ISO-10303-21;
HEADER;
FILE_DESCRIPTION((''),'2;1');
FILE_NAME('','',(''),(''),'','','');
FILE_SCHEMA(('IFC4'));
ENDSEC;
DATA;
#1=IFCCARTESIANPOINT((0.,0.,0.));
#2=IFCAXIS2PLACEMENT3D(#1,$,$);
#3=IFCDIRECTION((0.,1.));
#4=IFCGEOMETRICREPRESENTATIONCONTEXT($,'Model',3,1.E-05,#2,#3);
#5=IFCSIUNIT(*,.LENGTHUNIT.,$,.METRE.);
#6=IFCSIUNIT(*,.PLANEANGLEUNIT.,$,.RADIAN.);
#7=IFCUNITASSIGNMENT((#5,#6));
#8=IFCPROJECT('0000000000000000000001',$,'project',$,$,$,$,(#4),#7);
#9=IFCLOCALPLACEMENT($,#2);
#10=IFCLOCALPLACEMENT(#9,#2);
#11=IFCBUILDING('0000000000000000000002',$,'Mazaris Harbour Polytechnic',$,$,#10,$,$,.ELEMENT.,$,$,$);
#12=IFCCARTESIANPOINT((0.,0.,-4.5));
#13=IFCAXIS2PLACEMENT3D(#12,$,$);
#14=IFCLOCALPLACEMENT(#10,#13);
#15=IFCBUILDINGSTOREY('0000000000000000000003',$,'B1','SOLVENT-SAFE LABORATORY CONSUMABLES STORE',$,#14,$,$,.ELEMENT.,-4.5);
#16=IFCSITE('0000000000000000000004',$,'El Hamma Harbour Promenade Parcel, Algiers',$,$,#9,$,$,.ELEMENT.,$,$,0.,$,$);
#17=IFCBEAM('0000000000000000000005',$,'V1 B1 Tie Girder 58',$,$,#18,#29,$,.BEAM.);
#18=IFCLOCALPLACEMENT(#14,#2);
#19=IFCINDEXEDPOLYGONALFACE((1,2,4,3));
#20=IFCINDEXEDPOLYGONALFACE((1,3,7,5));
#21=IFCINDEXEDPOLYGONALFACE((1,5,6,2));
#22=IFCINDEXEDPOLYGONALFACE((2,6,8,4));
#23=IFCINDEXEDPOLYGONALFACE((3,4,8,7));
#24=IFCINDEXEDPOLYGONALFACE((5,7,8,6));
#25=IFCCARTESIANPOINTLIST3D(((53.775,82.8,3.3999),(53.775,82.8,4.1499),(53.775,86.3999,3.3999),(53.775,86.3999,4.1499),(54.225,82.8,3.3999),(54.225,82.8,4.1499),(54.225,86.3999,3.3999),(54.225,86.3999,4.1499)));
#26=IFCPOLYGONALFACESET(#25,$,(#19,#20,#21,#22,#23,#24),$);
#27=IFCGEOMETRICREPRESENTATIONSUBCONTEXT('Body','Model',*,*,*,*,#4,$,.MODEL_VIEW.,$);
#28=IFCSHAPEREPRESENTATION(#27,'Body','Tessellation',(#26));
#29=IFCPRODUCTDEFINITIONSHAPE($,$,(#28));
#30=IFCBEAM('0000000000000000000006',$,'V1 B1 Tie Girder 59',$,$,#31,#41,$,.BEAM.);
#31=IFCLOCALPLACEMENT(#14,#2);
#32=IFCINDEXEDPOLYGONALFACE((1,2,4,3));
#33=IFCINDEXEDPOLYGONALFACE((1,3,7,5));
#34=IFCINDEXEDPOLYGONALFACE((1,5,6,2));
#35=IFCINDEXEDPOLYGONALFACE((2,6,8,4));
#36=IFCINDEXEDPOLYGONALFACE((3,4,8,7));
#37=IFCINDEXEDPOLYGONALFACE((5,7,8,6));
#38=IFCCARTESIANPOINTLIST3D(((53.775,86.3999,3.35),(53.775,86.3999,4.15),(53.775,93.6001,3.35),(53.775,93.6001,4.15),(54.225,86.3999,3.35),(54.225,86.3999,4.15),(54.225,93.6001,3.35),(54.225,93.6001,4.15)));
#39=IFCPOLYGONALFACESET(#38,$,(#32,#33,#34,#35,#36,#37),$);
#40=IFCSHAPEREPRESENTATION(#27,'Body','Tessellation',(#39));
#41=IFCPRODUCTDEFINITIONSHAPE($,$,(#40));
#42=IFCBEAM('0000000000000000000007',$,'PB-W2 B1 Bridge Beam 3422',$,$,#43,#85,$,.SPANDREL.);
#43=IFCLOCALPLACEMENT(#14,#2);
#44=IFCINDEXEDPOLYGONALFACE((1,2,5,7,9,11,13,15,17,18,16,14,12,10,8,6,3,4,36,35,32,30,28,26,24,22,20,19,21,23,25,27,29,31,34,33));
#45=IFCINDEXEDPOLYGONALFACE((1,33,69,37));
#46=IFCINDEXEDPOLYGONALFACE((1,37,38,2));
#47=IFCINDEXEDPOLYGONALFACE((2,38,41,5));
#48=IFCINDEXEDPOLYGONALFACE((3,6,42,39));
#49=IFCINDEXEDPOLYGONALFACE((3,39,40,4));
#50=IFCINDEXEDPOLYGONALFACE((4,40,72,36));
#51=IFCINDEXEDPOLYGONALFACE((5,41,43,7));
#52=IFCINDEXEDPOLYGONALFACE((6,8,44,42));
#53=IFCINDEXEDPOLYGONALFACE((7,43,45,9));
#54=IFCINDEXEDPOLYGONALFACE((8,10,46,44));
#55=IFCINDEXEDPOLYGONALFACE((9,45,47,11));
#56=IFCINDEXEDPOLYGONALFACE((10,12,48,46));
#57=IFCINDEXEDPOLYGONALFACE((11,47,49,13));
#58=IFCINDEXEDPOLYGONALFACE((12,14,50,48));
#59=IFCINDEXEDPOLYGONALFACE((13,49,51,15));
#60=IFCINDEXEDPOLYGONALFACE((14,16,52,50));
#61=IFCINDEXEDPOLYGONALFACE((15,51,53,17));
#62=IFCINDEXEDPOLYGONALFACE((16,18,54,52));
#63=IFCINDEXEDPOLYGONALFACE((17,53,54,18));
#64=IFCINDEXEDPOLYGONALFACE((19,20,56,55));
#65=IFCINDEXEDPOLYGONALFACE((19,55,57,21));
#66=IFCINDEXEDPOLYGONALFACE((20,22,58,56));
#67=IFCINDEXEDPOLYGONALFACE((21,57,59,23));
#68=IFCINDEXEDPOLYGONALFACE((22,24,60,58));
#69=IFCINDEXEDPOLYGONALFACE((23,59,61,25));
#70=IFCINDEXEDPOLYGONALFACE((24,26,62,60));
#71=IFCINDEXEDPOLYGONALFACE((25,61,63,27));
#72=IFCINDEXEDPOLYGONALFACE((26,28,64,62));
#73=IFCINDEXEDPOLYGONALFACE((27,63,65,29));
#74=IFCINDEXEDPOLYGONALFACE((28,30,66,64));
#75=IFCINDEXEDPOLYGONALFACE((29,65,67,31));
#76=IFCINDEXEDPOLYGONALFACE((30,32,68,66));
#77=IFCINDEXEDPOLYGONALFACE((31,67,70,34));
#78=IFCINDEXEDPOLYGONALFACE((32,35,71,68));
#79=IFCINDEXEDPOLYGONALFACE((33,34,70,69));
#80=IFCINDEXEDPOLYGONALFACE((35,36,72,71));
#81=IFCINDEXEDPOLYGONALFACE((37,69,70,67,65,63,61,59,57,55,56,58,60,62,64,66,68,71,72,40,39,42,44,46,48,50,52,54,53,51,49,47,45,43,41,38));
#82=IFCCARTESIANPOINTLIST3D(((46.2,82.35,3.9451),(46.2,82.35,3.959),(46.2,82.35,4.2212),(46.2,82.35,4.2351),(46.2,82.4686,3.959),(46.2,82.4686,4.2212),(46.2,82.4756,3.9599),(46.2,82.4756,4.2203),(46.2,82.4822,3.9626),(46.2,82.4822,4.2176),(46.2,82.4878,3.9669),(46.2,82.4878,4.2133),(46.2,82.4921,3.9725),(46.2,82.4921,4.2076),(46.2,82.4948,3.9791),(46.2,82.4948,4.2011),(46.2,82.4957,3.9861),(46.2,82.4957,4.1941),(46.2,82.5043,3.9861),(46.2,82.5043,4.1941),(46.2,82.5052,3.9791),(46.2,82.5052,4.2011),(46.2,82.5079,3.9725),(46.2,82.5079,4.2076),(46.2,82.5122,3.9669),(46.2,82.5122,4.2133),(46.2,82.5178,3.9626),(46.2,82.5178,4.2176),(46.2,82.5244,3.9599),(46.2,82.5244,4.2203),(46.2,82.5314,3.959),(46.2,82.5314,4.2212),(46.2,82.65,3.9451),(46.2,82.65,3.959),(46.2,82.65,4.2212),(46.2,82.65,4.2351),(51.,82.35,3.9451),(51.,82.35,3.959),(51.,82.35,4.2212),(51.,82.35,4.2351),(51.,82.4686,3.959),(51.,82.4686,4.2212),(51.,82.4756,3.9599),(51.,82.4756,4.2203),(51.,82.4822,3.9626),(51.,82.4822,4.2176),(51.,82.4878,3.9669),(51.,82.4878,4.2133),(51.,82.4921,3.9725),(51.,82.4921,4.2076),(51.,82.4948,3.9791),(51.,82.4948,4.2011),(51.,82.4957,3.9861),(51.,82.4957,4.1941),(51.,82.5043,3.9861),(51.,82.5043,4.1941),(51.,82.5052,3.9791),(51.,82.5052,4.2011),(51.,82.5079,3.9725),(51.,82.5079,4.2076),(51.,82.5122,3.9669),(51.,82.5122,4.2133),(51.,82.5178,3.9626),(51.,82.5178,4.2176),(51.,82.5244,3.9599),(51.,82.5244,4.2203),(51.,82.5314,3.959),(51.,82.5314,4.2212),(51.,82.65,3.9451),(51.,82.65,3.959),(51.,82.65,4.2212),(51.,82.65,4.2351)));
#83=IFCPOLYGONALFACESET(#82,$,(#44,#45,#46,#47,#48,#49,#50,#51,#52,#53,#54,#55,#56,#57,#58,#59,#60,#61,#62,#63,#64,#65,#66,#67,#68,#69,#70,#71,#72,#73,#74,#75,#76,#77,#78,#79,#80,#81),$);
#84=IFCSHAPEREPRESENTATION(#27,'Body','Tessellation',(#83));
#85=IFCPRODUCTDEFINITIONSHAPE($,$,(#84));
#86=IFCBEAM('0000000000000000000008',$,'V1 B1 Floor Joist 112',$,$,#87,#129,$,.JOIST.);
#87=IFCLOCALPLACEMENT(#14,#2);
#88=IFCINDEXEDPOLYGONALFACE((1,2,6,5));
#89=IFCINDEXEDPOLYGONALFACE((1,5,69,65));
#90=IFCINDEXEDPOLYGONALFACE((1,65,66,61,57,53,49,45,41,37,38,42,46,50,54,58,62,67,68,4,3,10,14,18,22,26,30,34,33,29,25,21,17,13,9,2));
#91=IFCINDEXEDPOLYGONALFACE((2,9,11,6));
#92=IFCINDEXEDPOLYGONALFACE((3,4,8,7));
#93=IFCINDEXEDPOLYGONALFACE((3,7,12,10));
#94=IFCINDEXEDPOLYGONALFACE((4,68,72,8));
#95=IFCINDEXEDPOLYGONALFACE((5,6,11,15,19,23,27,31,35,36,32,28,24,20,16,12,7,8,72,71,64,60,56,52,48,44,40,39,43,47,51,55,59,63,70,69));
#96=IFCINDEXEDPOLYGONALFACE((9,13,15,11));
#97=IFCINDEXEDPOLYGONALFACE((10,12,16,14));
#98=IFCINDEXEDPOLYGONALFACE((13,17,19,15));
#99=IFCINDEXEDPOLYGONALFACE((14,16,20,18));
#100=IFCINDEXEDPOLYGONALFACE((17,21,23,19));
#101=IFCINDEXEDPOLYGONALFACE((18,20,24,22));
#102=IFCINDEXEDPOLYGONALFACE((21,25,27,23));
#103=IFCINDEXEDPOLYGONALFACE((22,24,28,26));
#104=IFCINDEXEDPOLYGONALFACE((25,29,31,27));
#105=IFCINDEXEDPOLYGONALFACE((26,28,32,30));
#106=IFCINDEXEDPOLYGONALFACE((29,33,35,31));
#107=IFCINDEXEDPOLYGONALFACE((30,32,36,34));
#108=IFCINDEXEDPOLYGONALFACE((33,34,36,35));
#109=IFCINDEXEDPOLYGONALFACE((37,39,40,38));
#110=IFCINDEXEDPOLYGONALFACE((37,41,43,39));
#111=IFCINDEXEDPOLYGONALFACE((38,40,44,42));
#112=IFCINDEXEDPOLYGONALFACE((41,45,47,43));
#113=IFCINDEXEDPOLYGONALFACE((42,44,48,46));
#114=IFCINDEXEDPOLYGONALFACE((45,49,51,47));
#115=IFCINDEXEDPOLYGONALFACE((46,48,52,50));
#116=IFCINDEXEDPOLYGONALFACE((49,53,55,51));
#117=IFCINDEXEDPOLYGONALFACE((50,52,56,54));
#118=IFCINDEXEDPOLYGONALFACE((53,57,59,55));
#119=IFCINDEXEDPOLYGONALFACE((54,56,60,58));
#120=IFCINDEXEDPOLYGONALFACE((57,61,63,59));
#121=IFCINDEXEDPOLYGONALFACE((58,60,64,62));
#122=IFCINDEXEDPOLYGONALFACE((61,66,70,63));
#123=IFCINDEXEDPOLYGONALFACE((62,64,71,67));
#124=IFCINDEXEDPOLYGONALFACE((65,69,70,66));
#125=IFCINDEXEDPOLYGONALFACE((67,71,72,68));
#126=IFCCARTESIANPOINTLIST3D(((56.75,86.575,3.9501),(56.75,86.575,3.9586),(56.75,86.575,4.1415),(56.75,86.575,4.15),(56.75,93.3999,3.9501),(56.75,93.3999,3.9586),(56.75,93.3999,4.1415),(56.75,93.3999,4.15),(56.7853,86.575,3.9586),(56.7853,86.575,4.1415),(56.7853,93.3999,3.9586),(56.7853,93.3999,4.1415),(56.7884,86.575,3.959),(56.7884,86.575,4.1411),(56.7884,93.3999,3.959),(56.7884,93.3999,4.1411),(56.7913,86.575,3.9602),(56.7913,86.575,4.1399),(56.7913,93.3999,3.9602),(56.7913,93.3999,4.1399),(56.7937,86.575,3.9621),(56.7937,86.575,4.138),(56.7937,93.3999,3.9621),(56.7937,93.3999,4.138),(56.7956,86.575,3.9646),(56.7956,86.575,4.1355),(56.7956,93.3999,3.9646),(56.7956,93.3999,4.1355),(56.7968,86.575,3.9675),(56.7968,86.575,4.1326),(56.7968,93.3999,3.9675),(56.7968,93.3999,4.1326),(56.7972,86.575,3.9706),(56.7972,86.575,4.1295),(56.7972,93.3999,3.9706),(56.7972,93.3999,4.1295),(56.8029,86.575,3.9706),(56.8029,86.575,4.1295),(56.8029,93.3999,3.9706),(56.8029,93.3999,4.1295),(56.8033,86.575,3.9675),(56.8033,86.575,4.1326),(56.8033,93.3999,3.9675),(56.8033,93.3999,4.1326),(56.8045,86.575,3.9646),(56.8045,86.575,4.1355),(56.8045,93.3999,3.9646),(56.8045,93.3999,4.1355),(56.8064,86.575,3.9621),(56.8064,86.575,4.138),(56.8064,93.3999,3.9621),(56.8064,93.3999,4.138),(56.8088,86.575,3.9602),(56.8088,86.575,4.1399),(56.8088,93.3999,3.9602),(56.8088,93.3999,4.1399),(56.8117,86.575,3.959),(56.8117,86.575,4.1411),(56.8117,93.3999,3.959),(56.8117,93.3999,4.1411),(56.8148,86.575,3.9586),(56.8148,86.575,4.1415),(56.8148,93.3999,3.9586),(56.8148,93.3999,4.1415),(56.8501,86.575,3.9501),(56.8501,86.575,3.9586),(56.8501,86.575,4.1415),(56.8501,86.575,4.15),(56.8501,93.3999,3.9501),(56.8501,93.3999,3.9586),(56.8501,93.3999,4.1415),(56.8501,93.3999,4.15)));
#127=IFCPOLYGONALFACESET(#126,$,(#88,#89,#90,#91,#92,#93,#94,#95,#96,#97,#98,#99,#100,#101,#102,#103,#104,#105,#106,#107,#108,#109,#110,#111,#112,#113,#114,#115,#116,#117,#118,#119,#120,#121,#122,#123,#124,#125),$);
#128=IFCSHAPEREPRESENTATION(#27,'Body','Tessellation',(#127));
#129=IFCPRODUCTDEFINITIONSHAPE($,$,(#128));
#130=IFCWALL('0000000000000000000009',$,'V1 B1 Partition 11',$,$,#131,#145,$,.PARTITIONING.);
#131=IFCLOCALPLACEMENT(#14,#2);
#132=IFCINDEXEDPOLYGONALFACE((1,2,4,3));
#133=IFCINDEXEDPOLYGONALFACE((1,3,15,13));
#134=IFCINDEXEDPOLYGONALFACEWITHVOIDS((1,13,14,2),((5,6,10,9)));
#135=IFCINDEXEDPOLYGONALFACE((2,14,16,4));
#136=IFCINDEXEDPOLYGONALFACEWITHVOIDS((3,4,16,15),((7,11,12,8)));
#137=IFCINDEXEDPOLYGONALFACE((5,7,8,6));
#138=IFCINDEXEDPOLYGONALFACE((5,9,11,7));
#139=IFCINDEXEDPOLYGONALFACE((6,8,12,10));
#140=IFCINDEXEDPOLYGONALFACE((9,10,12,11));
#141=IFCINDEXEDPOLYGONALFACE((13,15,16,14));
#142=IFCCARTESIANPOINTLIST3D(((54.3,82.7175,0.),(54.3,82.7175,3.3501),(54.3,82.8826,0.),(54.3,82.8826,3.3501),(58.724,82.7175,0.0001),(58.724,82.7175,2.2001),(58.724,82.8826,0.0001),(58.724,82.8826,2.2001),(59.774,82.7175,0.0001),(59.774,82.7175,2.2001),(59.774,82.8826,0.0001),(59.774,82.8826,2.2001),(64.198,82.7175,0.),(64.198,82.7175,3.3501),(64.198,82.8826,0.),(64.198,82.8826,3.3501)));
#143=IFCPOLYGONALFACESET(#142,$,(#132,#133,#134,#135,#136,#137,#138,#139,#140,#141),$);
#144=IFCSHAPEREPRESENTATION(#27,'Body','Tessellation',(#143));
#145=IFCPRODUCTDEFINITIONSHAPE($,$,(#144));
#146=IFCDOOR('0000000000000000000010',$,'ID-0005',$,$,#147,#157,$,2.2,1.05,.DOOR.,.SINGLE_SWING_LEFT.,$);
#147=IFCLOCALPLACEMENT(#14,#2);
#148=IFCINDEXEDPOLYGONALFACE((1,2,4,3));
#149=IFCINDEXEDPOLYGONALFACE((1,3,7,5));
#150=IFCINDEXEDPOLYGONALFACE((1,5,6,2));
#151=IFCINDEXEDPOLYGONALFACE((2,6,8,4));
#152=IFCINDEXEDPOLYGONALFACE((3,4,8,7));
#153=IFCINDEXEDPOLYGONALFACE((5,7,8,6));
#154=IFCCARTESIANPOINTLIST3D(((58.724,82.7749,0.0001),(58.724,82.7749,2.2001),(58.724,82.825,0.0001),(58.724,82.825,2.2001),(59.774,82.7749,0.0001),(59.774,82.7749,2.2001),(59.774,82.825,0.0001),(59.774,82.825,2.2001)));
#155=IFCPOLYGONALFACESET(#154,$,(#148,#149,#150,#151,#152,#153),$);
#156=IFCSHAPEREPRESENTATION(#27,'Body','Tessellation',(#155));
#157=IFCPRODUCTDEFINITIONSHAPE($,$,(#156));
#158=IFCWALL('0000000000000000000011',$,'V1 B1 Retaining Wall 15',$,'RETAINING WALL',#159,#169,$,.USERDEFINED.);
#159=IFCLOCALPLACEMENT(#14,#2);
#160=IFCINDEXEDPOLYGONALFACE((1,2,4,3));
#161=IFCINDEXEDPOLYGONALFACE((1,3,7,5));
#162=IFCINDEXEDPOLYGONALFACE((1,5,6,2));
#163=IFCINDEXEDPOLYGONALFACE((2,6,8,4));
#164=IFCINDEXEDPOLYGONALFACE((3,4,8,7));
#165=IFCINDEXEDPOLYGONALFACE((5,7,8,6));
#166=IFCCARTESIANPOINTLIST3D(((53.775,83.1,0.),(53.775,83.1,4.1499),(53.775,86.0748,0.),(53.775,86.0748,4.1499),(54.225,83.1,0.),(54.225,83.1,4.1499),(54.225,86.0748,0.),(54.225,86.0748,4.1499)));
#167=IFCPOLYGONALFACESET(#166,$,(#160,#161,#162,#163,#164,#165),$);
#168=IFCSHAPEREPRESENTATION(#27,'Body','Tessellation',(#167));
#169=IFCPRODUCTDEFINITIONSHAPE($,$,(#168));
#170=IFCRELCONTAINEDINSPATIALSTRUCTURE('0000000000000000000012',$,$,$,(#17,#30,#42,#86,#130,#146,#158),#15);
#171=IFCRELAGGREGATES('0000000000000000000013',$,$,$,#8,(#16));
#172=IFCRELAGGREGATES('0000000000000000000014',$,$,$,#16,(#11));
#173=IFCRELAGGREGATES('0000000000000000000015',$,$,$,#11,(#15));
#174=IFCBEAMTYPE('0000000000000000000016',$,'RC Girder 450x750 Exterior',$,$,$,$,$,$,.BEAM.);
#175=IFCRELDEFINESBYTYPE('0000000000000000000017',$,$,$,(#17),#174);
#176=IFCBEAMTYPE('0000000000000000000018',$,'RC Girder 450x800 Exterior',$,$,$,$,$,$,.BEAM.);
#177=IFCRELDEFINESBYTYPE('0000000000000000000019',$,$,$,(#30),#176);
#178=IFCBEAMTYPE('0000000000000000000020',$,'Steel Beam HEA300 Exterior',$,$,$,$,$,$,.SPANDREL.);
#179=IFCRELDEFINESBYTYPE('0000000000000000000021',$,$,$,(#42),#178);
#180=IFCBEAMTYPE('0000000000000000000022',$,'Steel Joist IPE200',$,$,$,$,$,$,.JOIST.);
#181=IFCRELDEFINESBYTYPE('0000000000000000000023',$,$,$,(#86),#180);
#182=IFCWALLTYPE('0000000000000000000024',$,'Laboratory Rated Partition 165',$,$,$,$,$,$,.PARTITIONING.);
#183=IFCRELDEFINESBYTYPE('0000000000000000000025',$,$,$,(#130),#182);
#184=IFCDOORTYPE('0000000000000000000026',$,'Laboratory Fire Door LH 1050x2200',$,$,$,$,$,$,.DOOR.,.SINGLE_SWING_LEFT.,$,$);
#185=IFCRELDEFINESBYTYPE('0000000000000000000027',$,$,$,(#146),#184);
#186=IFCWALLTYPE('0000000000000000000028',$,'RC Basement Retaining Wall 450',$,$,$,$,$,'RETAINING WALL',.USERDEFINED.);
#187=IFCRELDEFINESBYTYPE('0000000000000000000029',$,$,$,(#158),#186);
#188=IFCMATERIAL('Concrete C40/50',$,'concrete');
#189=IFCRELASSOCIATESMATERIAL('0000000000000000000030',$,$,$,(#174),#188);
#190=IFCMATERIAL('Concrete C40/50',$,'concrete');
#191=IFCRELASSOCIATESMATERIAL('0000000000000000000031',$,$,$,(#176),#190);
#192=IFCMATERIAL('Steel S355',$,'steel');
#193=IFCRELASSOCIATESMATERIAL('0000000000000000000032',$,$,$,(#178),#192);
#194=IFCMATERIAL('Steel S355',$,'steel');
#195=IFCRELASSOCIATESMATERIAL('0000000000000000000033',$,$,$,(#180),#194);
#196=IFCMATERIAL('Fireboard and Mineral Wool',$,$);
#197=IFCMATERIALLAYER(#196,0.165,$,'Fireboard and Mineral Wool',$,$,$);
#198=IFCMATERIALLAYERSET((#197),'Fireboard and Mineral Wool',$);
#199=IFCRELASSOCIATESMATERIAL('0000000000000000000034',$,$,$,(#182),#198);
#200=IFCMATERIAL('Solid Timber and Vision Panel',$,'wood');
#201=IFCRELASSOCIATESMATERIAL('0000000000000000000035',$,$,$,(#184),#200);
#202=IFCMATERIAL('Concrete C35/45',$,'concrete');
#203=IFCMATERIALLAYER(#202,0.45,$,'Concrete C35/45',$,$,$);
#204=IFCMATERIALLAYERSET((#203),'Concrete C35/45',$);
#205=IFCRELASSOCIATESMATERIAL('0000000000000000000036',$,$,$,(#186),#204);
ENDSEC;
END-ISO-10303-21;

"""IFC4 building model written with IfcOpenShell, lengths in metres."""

from ifc_helpers import new_model, si_unit, direction, frame, frame_2d, origin, origin_2d, place, context, subcontext, project, spatial, rectangle, i_section, extrude, material, layer, layer_set, material_profile, profile_set, type_object, element, fill, save


model = new_model("IFC4")

# Units and contexts
model_context = context("Model", 3, precision=1e-05, world=origin(), true_north=direction((0.0, 1.0)))
body_context = subcontext(model_context, "Body", "Model", "MODEL_VIEW")
ifc_project = project(units=[si_unit("LENGTHUNIT", "METRE"), si_unit("PLANEANGLEUNIT", "RADIAN")], contexts=[model_context])

# Site, building, storey
site_placement = place(None, origin())
site = spatial("IfcSite", under=ifc_project, at=site_placement, Name="El Hamma Harbour Promenade Parcel, Algiers", CompositionType="ELEMENT", RefElevation=0.0)
building_placement = place(site_placement, origin())
building = spatial("IfcBuilding", under=site, at=building_placement, Name="Mazaris Harbour Polytechnic", CompositionType="ELEMENT")
storey_placement = place(building_placement, frame((0.0, 0.0, -4.5)))
storey = spatial("IfcBuildingStorey", under=building, at=storey_placement, Name="B1", Description="SOLVENT-SAFE LABORATORY CONSUMABLES STORE", CompositionType="ELEMENT", Elevation=-4.5)

# Beams
ifc_material_1 = material(Name="Concrete C40/50", Category="concrete")
ifc_material_profile_1 = material_profile(ifc_material_1, rectangle(XDim=0.45, YDim=0.75, at=origin_2d()), Name="RECT450x750")
ifc_profile_set_1 = profile_set([ifc_material_profile_1], Name="Concrete C40/50")
beam_type_1 = type_object("IfcBeamType", Name="RC Girder 450x750 Exterior", PredefinedType="BEAM", material=ifc_profile_set_1)
beam_1_placement = place(storey_placement, frame((54.0, 82.8, 3.7749), z_axis=(0.0, 1.0, 0.0), x_axis=(-1.0, 0.0, 0.0)))
element("IfcBeam", 1, at=beam_1_placement, inside=storey, type_object=beam_type_1, Name="V1 B1 Tie Girder 58", PredefinedType="BEAM", context=body_context, shape_type="SweptSolid", body=[
    extrude(rectangle(XDim=0.45, YDim=0.75, at=origin_2d()), origin(), (0.0, 0.0, 1.0), 3.5999),
])
ifc_material_2 = material(Name="Concrete C40/50", Category="concrete")
ifc_material_profile_2 = material_profile(ifc_material_2, rectangle(XDim=0.45, YDim=0.8, at=origin_2d()), Name="RECT450x800")
ifc_profile_set_2 = profile_set([ifc_material_profile_2], Name="Concrete C40/50")
beam_type_2 = type_object("IfcBeamType", Name="RC Girder 450x800 Exterior", PredefinedType="BEAM", material=ifc_profile_set_2)
beam_2_placement = place(storey_placement, frame((54.0, 86.3999, 3.75), z_axis=(0.0, 1.0, 0.0), x_axis=(-1.0, 0.0, 0.0)))
element("IfcBeam", 2, at=beam_2_placement, inside=storey, type_object=beam_type_2, Name="V1 B1 Tie Girder 59", PredefinedType="BEAM", context=body_context, shape_type="SweptSolid", body=[
    extrude(rectangle(XDim=0.45, YDim=0.8, at=origin_2d()), origin(), (0.0, 0.0, 1.0), 7.2002),
])
ifc_material_3 = material(Name="Steel S355", Category="steel")
ifc_material_profile_3 = material_profile(ifc_material_3, i_section(OverallWidth=0.3, OverallDepth=0.29, WebThickness=0.0085, FlangeThickness=0.0139, FilletRadius=0.0271, at=origin_2d()), Name="HEA 300")
ifc_profile_set_3 = profile_set([ifc_material_profile_3], Name="Steel S355")
beam_type_3 = type_object("IfcBeamType", Name="Steel Beam HEA300 Exterior", PredefinedType="SPANDREL", material=ifc_profile_set_3)
beam_3_placement = place(storey_placement, frame((46.2, 82.5, 4.0901), z_axis=(1.0, 0.0, 0.0), x_axis=(0.0, 1.0, 0.0)))
element("IfcBeam", 3, at=beam_3_placement, inside=storey, type_object=beam_type_3, Name="PB-W2 B1 Bridge Beam 3422", PredefinedType="SPANDREL", context=body_context, shape_type="SweptSolid", body=[
    extrude(i_section(OverallWidth=0.3, OverallDepth=0.29, WebThickness=0.0085, FlangeThickness=0.0139, FilletRadius=0.0271, at=origin_2d()), origin(), (0.0, 0.0, 1.0), 4.8),
])
ifc_material_4 = material(Name="Steel S355", Category="steel")
ifc_material_profile_4 = material_profile(ifc_material_4, i_section(OverallWidth=0.1001, OverallDepth=0.2, WebThickness=0.0056, FlangeThickness=0.0085, FilletRadius=0.012, at=origin_2d()), Name="IPE 200")
ifc_profile_set_4 = profile_set([ifc_material_profile_4], Name="Steel S355")
beam_type_4 = type_object("IfcBeamType", Name="Steel Joist IPE200", PredefinedType="JOIST", material=ifc_profile_set_4)
beam_4_placement = place(storey_placement, frame((56.8, 86.575, 4.05), z_axis=(0.0, 1.0, 0.0), x_axis=(-1.0, 0.0, 0.0)))
element("IfcBeam", 4, at=beam_4_placement, inside=storey, type_object=beam_type_4, Name="V1 B1 Floor Joist 112", PredefinedType="JOIST", context=body_context, shape_type="SweptSolid", body=[
    extrude(i_section(OverallWidth=0.1001, OverallDepth=0.2, WebThickness=0.0056, FlangeThickness=0.0085, FilletRadius=0.012, at=origin_2d()), origin(), (0.0, 0.0, 1.0), 6.825),
])

# Wall, opening, door
ifc_material_5 = material(Name="Fireboard and Mineral Wool")
ifc_layer_1 = layer(ifc_material_5, 0.165, Name="Fireboard and Mineral Wool")
ifc_layer_set_1 = layer_set([ifc_layer_1], Name="Fireboard and Mineral Wool")
wall_type_1 = type_object("IfcWallType", Name="Laboratory Rated Partition 165", PredefinedType="PARTITIONING", material=ifc_layer_set_1)
wall_1_placement = place(storey_placement, frame((54.3, 82.8, 0.0), z_axis=(0.0, 0.0, 1.0), x_axis=(1.0, 0.0, 0.0)))
wall_1 = element("IfcWall", 5, at=wall_1_placement, inside=storey, type_object=wall_type_1, Name="V1 B1 Partition 11", PredefinedType="PARTITIONING", context=body_context, shape_type="SweptSolid", body=[
    extrude(rectangle(XDim=9.8979, YDim=0.165, at=frame_2d((4.949, 0.0))), origin(), (0.0, 0.0, 1.0), 3.3501),
])
opening_1_placement = place(wall_1_placement, frame((4.4241, 0.0, 0.0)))
opening_1 = element("IfcOpeningElement", 6, at=opening_1_placement, cuts=wall_1, PredefinedType="OPENING", context=body_context, shape_type="SweptSolid", body=[
    extrude(rectangle(XDim=1.05, YDim=2.2, at=frame_2d((0.5249, 1.1001))), frame((0.0, 0.0925, 0.0), z_axis=(0.0, -1.0, 0.0), x_axis=(1.0, 0.0, 0.0)), (0.0, 0.0, 1.0), 0.1851),
])
ifc_material_6 = material(Name="Solid Timber and Vision Panel", Category="wood")
door_type_1 = type_object("IfcDoorType", Name="Laboratory Fire Door LH 1050x2200", OperationType="SINGLE_SWING_LEFT", PredefinedType="DOOR", material=ifc_material_6)
door_1_placement = place(opening_1_placement, origin())
door_1 = element("IfcDoor", 7, at=door_1_placement, inside=storey, type_object=door_type_1, Name="ID-0005", OperationType="SINGLE_SWING_LEFT", OverallHeight=2.2, OverallWidth=1.05, PredefinedType="DOOR", context=body_context, shape_type="SweptSolid", body=[
    extrude(rectangle(XDim=1.05, YDim=2.2, at=frame_2d((0.5249, 1.1001))), frame((0.0, 0.0249, 0.0), z_axis=(0.0, -1.0, 0.0), x_axis=(1.0, 0.0, 0.0)), (0.0, 0.0, 1.0), 0.05),
])
fill(opening_1, door_1)

# Wall
ifc_material_7 = material(Name="Concrete C35/45", Category="concrete")
ifc_layer_2 = layer(ifc_material_7, 0.45, Name="Concrete C35/45")
ifc_layer_set_2 = layer_set([ifc_layer_2], Name="Concrete C35/45")
wall_type_2 = type_object("IfcWallType", Name="RC Basement Retaining Wall 450", ElementType="RETAINING WALL", PredefinedType="USERDEFINED", material=ifc_layer_set_2)
wall_2_placement = place(storey_placement, frame((54.0, 83.1001, 0.0), z_axis=(0.0, 0.0, 1.0), x_axis=(0.0, 1.0, 0.0)))
element("IfcWall", 8, at=wall_2_placement, inside=storey, type_object=wall_type_2, Name="V1 B1 Retaining Wall 15", ObjectType="RETAINING WALL", PredefinedType="USERDEFINED", context=body_context, shape_type="SweptSolid", body=[
    extrude(rectangle(XDim=2.9749, YDim=0.45, at=frame_2d((1.4873, 0.0))), origin(), (0.0, 0.0, 1.0), 4.1499),
])

save(model, "model.ifc")
